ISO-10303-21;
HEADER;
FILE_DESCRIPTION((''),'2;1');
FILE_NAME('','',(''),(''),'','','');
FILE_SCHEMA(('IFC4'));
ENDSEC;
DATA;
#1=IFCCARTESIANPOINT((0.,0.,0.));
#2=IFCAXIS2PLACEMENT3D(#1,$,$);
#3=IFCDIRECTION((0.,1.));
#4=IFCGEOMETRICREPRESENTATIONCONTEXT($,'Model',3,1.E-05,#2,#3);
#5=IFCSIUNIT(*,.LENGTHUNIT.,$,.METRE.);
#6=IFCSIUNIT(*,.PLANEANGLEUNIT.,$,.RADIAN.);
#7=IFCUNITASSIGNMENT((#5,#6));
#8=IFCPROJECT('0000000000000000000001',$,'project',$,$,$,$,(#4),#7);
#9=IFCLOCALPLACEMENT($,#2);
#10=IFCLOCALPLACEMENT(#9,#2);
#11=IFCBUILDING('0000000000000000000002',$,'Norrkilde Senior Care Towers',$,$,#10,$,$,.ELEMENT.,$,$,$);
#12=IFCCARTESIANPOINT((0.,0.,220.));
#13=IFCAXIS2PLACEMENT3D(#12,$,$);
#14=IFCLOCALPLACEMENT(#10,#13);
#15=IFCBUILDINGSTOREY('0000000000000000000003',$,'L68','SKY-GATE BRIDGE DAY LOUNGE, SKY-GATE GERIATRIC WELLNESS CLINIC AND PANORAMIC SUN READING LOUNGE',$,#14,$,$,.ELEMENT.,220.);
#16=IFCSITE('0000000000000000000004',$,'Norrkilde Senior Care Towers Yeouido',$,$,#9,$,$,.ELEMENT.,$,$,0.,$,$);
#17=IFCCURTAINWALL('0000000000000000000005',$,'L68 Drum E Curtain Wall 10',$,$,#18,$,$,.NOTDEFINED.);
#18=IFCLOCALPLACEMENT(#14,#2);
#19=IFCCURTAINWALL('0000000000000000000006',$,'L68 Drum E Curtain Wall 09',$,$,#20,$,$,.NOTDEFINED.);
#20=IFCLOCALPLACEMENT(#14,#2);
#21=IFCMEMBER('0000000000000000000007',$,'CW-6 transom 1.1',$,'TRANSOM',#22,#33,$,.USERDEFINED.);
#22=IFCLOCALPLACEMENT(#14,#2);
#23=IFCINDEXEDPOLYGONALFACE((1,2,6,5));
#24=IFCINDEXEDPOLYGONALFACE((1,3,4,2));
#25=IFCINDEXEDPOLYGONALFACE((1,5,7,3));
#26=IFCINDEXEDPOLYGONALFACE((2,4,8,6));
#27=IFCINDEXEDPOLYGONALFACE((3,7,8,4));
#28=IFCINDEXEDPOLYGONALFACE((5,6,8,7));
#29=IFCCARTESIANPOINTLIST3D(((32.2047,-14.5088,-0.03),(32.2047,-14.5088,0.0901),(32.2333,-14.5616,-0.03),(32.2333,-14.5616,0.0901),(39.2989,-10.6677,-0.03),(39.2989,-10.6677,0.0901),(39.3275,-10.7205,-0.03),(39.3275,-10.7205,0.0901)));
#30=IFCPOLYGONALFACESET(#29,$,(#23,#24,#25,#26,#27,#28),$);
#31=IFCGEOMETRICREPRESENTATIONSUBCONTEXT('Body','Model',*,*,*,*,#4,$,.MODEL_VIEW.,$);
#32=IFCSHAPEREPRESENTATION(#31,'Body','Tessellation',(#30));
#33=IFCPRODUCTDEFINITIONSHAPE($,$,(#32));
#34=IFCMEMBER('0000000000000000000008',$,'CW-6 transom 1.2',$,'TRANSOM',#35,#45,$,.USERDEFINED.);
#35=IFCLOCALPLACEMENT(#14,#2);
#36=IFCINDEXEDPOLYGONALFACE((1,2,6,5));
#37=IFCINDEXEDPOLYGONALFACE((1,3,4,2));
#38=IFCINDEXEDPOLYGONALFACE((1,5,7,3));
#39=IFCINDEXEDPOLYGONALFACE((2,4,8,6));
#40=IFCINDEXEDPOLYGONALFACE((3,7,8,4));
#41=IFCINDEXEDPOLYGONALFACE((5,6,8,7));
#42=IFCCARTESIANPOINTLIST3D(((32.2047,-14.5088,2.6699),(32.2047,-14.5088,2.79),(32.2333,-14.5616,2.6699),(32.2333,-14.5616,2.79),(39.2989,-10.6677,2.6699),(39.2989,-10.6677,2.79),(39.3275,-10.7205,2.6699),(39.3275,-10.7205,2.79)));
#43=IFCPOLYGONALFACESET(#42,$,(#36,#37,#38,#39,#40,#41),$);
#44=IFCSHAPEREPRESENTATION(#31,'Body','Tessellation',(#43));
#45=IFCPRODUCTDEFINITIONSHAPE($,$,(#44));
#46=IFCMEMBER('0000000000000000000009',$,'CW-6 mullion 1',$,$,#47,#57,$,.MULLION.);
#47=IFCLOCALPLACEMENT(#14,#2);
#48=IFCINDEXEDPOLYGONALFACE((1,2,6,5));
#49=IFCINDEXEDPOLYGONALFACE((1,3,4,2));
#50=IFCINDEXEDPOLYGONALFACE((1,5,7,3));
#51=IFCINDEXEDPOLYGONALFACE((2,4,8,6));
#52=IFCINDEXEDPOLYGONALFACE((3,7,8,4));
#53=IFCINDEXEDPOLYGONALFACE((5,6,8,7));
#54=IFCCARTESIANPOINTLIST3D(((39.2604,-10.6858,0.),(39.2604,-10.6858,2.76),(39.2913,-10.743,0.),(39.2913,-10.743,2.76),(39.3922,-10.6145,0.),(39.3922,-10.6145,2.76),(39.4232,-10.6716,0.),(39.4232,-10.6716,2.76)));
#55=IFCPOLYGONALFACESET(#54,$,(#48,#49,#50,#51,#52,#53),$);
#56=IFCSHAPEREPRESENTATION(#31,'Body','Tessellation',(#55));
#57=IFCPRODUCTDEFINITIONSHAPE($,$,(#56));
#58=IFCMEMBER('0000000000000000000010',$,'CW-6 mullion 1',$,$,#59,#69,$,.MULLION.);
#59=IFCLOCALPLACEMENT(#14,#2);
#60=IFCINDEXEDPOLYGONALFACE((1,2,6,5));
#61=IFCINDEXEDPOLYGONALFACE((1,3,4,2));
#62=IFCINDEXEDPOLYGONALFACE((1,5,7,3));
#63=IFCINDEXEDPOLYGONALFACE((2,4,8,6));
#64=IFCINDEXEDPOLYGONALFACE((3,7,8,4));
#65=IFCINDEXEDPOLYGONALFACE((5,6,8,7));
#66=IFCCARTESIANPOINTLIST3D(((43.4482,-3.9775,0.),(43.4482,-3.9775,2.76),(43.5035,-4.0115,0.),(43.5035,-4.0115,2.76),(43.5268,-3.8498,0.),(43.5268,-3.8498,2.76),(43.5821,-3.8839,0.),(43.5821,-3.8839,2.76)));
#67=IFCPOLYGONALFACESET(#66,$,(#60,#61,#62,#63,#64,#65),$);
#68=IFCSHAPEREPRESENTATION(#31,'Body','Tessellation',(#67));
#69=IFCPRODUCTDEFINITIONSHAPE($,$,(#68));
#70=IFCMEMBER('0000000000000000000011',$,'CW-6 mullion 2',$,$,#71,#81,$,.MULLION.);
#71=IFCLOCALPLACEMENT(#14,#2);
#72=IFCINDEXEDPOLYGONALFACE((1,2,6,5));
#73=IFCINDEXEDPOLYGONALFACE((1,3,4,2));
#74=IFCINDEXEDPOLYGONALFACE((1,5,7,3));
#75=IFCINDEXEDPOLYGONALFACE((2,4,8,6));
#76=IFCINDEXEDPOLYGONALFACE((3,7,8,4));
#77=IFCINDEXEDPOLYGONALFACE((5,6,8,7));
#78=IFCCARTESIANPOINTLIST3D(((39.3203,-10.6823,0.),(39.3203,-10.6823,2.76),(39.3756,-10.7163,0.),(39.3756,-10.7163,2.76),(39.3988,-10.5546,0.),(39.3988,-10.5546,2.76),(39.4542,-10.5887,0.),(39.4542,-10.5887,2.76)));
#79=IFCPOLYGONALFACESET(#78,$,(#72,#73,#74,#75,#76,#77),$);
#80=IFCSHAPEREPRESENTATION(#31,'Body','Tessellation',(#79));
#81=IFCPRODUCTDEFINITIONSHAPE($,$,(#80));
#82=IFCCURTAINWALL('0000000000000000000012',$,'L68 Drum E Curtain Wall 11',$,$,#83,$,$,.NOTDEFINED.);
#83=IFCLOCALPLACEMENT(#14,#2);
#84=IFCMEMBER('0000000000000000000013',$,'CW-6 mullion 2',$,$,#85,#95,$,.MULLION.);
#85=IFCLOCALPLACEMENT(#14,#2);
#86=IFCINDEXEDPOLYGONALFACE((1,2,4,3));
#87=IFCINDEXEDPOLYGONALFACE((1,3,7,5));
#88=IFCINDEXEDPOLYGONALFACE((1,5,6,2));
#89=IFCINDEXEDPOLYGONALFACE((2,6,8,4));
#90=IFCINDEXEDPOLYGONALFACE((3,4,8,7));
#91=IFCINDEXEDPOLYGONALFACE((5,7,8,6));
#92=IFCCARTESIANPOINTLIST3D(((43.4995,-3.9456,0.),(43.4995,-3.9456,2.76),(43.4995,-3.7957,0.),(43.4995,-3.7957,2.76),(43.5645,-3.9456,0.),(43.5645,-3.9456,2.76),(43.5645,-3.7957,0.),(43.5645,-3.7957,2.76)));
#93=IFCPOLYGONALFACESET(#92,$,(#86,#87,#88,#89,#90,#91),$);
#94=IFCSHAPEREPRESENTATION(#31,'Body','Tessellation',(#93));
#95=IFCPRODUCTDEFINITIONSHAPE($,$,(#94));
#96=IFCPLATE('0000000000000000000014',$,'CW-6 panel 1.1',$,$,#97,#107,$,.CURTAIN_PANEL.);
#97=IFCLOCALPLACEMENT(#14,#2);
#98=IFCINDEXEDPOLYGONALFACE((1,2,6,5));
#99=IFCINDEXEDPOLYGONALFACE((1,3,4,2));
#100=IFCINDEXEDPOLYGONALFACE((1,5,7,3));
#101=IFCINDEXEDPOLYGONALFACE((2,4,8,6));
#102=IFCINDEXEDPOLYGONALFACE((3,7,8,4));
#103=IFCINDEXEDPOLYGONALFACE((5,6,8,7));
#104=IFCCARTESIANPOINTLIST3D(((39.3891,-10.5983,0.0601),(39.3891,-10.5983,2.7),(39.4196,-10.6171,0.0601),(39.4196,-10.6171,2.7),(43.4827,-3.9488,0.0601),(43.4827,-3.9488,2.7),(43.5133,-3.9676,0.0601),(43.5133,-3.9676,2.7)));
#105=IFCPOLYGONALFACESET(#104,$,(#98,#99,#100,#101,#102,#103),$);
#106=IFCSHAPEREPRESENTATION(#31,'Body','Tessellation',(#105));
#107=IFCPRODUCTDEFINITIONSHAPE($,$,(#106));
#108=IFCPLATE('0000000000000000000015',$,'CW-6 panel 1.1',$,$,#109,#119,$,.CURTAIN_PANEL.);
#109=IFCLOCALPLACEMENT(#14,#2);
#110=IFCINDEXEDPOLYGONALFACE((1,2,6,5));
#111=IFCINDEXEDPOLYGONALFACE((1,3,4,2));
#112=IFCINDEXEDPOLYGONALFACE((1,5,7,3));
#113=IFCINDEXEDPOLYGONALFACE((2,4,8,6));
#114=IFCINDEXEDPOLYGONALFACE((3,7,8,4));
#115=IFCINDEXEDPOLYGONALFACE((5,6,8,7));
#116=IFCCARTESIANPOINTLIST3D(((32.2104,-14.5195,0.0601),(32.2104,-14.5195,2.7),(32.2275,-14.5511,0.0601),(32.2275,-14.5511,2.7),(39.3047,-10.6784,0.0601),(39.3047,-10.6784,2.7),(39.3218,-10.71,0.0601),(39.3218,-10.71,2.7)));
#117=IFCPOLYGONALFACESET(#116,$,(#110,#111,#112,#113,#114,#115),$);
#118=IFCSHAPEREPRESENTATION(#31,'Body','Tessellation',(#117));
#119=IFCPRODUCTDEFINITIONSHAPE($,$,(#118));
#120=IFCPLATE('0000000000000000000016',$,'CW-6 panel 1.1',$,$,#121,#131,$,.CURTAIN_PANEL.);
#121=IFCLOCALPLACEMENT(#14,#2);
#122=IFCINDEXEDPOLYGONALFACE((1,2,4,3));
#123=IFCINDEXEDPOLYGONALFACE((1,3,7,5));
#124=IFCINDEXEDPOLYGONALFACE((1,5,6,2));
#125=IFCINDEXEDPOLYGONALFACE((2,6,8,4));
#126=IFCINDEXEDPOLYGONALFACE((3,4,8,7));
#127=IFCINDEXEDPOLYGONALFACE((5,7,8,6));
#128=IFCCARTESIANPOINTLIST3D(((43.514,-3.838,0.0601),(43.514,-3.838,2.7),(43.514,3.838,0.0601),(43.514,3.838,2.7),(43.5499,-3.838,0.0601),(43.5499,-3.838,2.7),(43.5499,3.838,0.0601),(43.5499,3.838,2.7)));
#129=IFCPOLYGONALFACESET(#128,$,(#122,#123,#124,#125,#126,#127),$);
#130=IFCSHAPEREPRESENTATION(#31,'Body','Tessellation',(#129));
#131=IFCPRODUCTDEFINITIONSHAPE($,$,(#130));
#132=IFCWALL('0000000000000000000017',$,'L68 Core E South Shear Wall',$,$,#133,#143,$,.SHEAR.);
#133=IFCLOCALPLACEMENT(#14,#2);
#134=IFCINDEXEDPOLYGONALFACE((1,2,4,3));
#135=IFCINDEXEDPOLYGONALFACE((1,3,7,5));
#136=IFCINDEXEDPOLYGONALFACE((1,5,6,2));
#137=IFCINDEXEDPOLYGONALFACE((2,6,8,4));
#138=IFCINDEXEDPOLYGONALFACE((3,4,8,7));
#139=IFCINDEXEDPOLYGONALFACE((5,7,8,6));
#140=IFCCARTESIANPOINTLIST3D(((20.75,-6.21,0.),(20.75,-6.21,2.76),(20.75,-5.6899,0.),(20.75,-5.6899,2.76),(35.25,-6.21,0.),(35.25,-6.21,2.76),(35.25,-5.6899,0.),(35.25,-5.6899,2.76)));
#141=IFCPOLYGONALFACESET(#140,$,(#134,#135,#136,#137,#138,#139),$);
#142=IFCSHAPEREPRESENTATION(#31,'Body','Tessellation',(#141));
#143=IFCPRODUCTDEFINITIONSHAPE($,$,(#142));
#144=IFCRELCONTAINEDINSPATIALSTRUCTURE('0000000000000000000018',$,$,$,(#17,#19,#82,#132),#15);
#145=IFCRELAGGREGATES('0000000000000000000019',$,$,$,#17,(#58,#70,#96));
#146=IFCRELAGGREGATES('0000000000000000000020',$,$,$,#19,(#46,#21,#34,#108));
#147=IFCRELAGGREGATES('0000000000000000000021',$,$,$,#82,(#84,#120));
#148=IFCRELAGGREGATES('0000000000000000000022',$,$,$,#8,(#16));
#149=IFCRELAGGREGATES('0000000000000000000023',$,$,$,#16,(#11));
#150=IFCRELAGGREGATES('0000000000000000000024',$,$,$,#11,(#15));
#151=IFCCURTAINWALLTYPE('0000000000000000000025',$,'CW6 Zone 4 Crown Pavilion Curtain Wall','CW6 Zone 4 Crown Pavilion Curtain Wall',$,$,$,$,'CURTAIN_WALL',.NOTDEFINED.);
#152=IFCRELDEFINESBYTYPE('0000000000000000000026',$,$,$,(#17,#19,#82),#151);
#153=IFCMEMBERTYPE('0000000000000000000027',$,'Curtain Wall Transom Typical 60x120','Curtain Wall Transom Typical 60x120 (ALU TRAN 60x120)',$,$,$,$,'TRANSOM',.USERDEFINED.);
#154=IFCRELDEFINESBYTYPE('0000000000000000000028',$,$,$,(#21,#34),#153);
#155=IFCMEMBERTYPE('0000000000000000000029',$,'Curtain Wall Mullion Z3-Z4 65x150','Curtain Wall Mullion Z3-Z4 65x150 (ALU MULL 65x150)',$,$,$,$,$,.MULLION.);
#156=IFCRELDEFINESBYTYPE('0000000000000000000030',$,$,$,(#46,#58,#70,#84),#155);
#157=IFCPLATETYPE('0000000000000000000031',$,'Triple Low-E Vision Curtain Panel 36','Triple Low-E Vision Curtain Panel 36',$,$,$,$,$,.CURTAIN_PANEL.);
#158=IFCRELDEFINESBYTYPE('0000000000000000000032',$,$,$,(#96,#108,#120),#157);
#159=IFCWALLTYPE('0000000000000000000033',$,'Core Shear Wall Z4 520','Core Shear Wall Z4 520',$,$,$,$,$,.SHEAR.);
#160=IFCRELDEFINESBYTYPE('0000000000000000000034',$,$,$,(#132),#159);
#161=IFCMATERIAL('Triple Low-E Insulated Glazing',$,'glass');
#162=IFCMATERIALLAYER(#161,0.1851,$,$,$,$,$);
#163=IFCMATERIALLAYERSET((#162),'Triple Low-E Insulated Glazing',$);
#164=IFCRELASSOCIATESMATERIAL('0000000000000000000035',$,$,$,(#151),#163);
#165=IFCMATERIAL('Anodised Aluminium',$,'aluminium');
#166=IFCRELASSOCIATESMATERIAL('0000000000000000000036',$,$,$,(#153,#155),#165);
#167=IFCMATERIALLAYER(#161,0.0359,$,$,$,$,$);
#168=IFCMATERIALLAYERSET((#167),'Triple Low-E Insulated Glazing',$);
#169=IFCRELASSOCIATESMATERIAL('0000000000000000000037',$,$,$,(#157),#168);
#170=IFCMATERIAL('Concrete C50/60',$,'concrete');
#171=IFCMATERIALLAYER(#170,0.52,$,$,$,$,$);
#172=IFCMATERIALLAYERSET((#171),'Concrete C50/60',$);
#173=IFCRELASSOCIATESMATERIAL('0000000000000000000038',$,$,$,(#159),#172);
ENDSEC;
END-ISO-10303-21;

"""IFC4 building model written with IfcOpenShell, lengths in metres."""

from ifc_helpers import new_model, si_unit, direction, frame, frame_2d, origin, origin_2d, place, context, subcontext, project, spatial, rectangle, extrude, source, transform, mapped, material, layer, layer_set, material_profile, profile_set, type_object, type_shapes, element, aggregate, save


model = new_model("IFC4")

# Units and contexts
model_context = context("Model", 3, precision=1e-05, world=origin(), true_north=direction((0.0, 1.0)))
body_context = subcontext(model_context, "Body", "Model", "MODEL_VIEW")
ifc_project = project(units=[si_unit("LENGTHUNIT", "METRE"), si_unit("PLANEANGLEUNIT", "RADIAN")], contexts=[model_context])

# Site, building, storey
site_placement = place(None, origin())
site = spatial("IfcSite", under=ifc_project, at=site_placement, Name="Norrkilde Senior Care Towers Yeouido", CompositionType="ELEMENT", RefElevation=0.0)
building_placement = place(site_placement, origin())
building = spatial("IfcBuilding", under=site, at=building_placement, Name="Norrkilde Senior Care Towers", CompositionType="ELEMENT")
storey_placement = place(building_placement, frame((0.0, 0.0, 220.0)))
storey = spatial("IfcBuildingStorey", under=building, at=storey_placement, Name="L68", Description="SKY-GATE BRIDGE DAY LOUNGE, SKY-GATE GERIATRIC WELLNESS CLINIC AND PANORAMIC SUN READING LOUNGE", CompositionType="ELEMENT", Elevation=220.0)

# Shared definitions
ifc_material_1 = material(Name="Concrete C50/60", Category="concrete")

# Curtain walls, members
ifc_material_2 = material(Name="Triple Low-E Insulated Glazing", Category="glass")
ifc_layer_1 = layer(ifc_material_2, 0.1851)
ifc_layer_set_1 = layer_set([ifc_layer_1], Name="Triple Low-E Insulated Glazing")
curtain_wall_type = type_object("IfcCurtainWallType", Name="CW6 Zone 4 Crown Pavilion Curtain Wall", Description="CW6 Zone 4 Crown Pavilion Curtain Wall", ElementType="CURTAIN_WALL", PredefinedType="NOTDEFINED", material=ifc_layer_set_1)
curtain_wall_1_placement = place(storey_placement, origin())
curtain_wall_1 = element("IfcCurtainWall", 1, at=curtain_wall_1_placement, inside=storey, type_object=curtain_wall_type, Name="L68 Drum E Curtain Wall 10", PredefinedType="NOTDEFINED")
ifc_material_3 = material(Name="Anodised Aluminium", Category="aluminium")
ifc_material_profile_1 = material_profile(ifc_material_3, rectangle(XDim=0.0601, YDim=0.1201, at=origin_2d()), Name="ALU TRAN 60x120")
ifc_profile_set_1 = profile_set([ifc_material_profile_1], Name="Anodised Aluminium")
member_type_1 = type_object("IfcMemberType", Name="Curtain Wall Transom Typical 60x120", Description="Curtain Wall Transom Typical 60x120 (ALU TRAN 60x120)", ElementType="TRANSOM", PredefinedType="USERDEFINED", material=ifc_profile_set_1)
curtain_wall_2_placement = place(storey_placement, origin())
curtain_wall_2 = element("IfcCurtainWall", 2, at=curtain_wall_2_placement, inside=storey, type_object=curtain_wall_type, Name="L68 Drum E Curtain Wall 09", PredefinedType="NOTDEFINED")
shared_shape_1 = source(origin(), body_context, "Body", "SweptSolid", [
    extrude(rectangle(XDim=0.0601, YDim=0.1201, at=origin_2d()), origin(), (0.0, 0.0, 1.0), 8.0674),
])
member_1_placement = place(storey_placement, frame((39.3132, -10.6941, 0.03), z_axis=(-0.879378, -0.476125, 0.0), x_axis=(0.476125, -0.879378, 0.0)))
member_1 = element("IfcMember", 3, at=member_1_placement, type_object=member_type_1, Name="CW-6 transom 1.1", ObjectType="TRANSOM", PredefinedType="USERDEFINED", context=body_context, shape_type="MappedRepresentation", body=[
    mapped(shared_shape_1, transform((0.0, 0.0, 0.0), x_axis=(1.0, 0.0, 0.0), y_axis=(0.0, 1.0, 0.0), z_axis=(0.0, 0.0, 1.0), scale=1.0)),
])
member_2_placement = place(storey_placement, frame((39.3132, -10.6941, 2.73), z_axis=(-0.879378, -0.476125, 0.0), x_axis=(0.476125, -0.879378, 0.0)))
member_2 = element("IfcMember", 4, at=member_2_placement, type_object=member_type_1, Name="CW-6 transom 1.2", ObjectType="TRANSOM", PredefinedType="USERDEFINED", context=body_context, shape_type="MappedRepresentation", body=[
    mapped(shared_shape_1, transform((0.0, 0.0, 0.0), x_axis=(1.0, 0.0, 0.0), y_axis=(0.0, 1.0, 0.0), z_axis=(0.0, 0.0, 1.0), scale=1.0)),
])
ifc_material_profile_2 = material_profile(ifc_material_3, rectangle(XDim=0.0649, YDim=0.1499, at=origin_2d()), Name="ALU MULL 65x150")
ifc_profile_set_2 = profile_set([ifc_material_profile_2], Name="Anodised Aluminium")
member_type_2 = type_object("IfcMemberType", Name="Curtain Wall Mullion Z3-Z4 65x150", Description="Curtain Wall Mullion Z3-Z4 65x150 (ALU MULL 65x150)", PredefinedType="MULLION", material=ifc_profile_set_2)
shared_shape_2 = source(origin(), body_context, "Body", "SweptSolid", [
    extrude(rectangle(XDim=0.0649, YDim=0.1499, at=origin_2d()), origin(), (0.0, 0.0, 1.0), 2.76),
])
type_shapes(member_type_2, [shared_shape_2])
member_3_placement = place(storey_placement, frame((39.3418, -10.6787, 0.0), z_axis=(0.0, 0.0, 1.0), x_axis=(0.476133, -0.879373, 0.0)))
member_3 = element("IfcMember", 5, at=member_3_placement, type_object=member_type_2, Name="CW-6 mullion 1", PredefinedType="MULLION", context=body_context, shape_type="MappedRepresentation", body=[
    mapped(shared_shape_2, transform((0.0, 0.0, 0.0), x_axis=(1.0, 0.0, 0.0), y_axis=(0.0, 1.0, 0.0), z_axis=(0.0, 0.0, 1.0), scale=1.0)),
])

# Members
member_4_placement = place(storey_placement, frame((43.5151, -3.9307, 0.0), z_axis=(0.0, 0.0, 1.0), x_axis=(0.851563, -0.524253, 0.0)))
member_4 = element("IfcMember", 6, at=member_4_placement, type_object=member_type_2, Name="CW-6 mullion 1", PredefinedType="MULLION", context=body_context, shape_type="MappedRepresentation", body=[
    mapped(shared_shape_2, transform((0.0, 0.0, 0.0), x_axis=(1.0, 0.0, 0.0), y_axis=(0.0, 1.0, 0.0), z_axis=(0.0, 0.0, 1.0), scale=1.0)),
])
member_5_placement = place(storey_placement, frame((39.3872, -10.6355, 0.0), z_axis=(0.0, 0.0, 1.0), x_axis=(0.851563, -0.524253, 0.0)))
member_5 = element("IfcMember", 7, at=member_5_placement, type_object=member_type_2, Name="CW-6 mullion 2", PredefinedType="MULLION", context=body_context, shape_type="MappedRepresentation", body=[
    mapped(shared_shape_2, transform((0.0, 0.0, 0.0), x_axis=(1.0, 0.0, 0.0), y_axis=(0.0, 1.0, 0.0), z_axis=(0.0, 0.0, 1.0), scale=1.0)),
])

# Curtain wall, member
curtain_wall_3_placement = place(storey_placement, origin())
curtain_wall_3 = element("IfcCurtainWall", 8, at=curtain_wall_3_placement, inside=storey, type_object=curtain_wall_type, Name="L68 Drum E Curtain Wall 11", PredefinedType="NOTDEFINED")
member_6_placement = place(storey_placement, frame((43.532, -3.8706, 0.0), z_axis=(0.0, 0.0, 1.0), x_axis=(1.0, 0.0, 0.0)))
member_6 = element("IfcMember", 9, at=member_6_placement, type_object=member_type_2, Name="CW-6 mullion 2", PredefinedType="MULLION", context=body_context, shape_type="MappedRepresentation", body=[
    mapped(shared_shape_2, transform((0.0, 0.0, 0.0), x_axis=(1.0, 0.0, 0.0), y_axis=(0.0, 1.0, 0.0), z_axis=(0.0, 0.0, 1.0), scale=1.0)),
])

# Plates
ifc_layer_2 = layer(ifc_material_2, 0.0359)
ifc_layer_set_2 = layer_set([ifc_layer_2], Name="Triple Low-E Insulated Glazing")
plate_type = type_object("IfcPlateType", Name="Triple Low-E Vision Curtain Panel 36", Description="Triple Low-E Vision Curtain Panel 36", PredefinedType="CURTAIN_PANEL", material=ifc_layer_set_2)
shared_shape_3 = source(origin(), body_context, "Body", "SweptSolid", [
    extrude(rectangle(XDim=7.8086, YDim=0.0359, at=origin_2d()), origin(), (0.0, 0.0, 1.0), 2.6399),
])
plate_1_placement = place(storey_placement, frame((41.4512, -7.283, 0.0601), z_axis=(0.0, 0.0, 1.0), x_axis=(-0.524253, -0.851563, 0.0)))
plate_1 = element("IfcPlate", 10, at=plate_1_placement, type_object=plate_type, Name="CW-6 panel 1.1", PredefinedType="CURTAIN_PANEL", context=body_context, shape_type="MappedRepresentation", body=[
    mapped(shared_shape_3, transform((0.0, 0.0, 0.0), x_axis=(1.0, 0.0, 0.0), y_axis=(0.0, 1.0, 0.0), z_axis=(0.0, 0.0, 1.0), scale=1.0)),
])
aggregate(curtain_wall_1, [member_4, member_5, plate_1])
shared_shape_4 = source(origin(), body_context, "Body", "SweptSolid", [
    extrude(rectangle(XDim=8.0674, YDim=0.0359, at=origin_2d()), origin(), (0.0, 0.0, 1.0), 2.6399),
])
plate_2_placement = place(storey_placement, frame((35.7661, -12.6147, 0.0601), z_axis=(0.0, 0.0, 1.0), x_axis=(-0.879373, -0.476133, 0.0)))
plate_2 = element("IfcPlate", 11, at=plate_2_placement, type_object=plate_type, Name="CW-6 panel 1.1", PredefinedType="CURTAIN_PANEL", context=body_context, shape_type="MappedRepresentation", body=[
    mapped(shared_shape_4, transform((0.0, 0.0, 0.0), x_axis=(1.0, 0.0, 0.0), y_axis=(0.0, 1.0, 0.0), z_axis=(0.0, 0.0, 1.0), scale=1.0)),
])
aggregate(curtain_wall_2, [member_3, member_1, member_2, plate_2])
shared_shape_5 = source(origin(), body_context, "Body", "SweptSolid", [
    extrude(rectangle(XDim=7.676, YDim=0.0359, at=origin_2d()), origin(), (0.0, 0.0, 1.0), 2.6399),
])
type_shapes(plate_type, [shared_shape_3, shared_shape_4, shared_shape_5])
plate_3_placement = place(storey_placement, frame((43.532, 0.0, 0.0601), z_axis=(0.0, 0.0, 1.0), x_axis=(0.0, -1.0, 0.0)))
plate_3 = element("IfcPlate", 12, at=plate_3_placement, type_object=plate_type, Name="CW-6 panel 1.1", PredefinedType="CURTAIN_PANEL", context=body_context, shape_type="MappedRepresentation", body=[
    mapped(shared_shape_5, transform((0.0, 0.0, 0.0), x_axis=(1.0, 0.0, 0.0), y_axis=(0.0, 1.0, 0.0), z_axis=(0.0, 0.0, 1.0), scale=1.0)),
])
aggregate(curtain_wall_3, [member_6, plate_3])

# Wall
ifc_layer_3 = layer(ifc_material_1, 0.52)
ifc_layer_set_3 = layer_set([ifc_layer_3], Name="Concrete C50/60")
wall_type_1 = type_object("IfcWallType", Name="Core Shear Wall Z4 520", Description="Core Shear Wall Z4 520", PredefinedType="SHEAR", material=ifc_layer_set_3)
shared_shape_6 = source(origin(), body_context, "Body", "SweptSolid", [
    extrude(rectangle(XDim=14.5, YDim=0.52, at=frame_2d((7.25, 0.0))), origin(), (0.0, 0.0, 1.0), 2.76),
])
type_shapes(wall_type_1, [shared_shape_6])
wall_1_placement = place(storey_placement, frame((35.25, -5.95, 0.0), z_axis=(0.0, 0.0, 1.0), x_axis=(-1.0, 0.0, 0.0)))
element("IfcWall", 13, at=wall_1_placement, inside=storey, type_object=wall_type_1, Name="L68 Core E South Shear Wall", PredefinedType="SHEAR", context=body_context, shape_type="MappedRepresentation", body=[
    mapped(shared_shape_6, transform((0.0, 0.0, 0.0), x_axis=(1.0, 0.0, 0.0), y_axis=(0.0, 1.0, 0.0), z_axis=(0.0, 0.0, 1.0), scale=1.0)),
])

save(model, "model.ifc")
